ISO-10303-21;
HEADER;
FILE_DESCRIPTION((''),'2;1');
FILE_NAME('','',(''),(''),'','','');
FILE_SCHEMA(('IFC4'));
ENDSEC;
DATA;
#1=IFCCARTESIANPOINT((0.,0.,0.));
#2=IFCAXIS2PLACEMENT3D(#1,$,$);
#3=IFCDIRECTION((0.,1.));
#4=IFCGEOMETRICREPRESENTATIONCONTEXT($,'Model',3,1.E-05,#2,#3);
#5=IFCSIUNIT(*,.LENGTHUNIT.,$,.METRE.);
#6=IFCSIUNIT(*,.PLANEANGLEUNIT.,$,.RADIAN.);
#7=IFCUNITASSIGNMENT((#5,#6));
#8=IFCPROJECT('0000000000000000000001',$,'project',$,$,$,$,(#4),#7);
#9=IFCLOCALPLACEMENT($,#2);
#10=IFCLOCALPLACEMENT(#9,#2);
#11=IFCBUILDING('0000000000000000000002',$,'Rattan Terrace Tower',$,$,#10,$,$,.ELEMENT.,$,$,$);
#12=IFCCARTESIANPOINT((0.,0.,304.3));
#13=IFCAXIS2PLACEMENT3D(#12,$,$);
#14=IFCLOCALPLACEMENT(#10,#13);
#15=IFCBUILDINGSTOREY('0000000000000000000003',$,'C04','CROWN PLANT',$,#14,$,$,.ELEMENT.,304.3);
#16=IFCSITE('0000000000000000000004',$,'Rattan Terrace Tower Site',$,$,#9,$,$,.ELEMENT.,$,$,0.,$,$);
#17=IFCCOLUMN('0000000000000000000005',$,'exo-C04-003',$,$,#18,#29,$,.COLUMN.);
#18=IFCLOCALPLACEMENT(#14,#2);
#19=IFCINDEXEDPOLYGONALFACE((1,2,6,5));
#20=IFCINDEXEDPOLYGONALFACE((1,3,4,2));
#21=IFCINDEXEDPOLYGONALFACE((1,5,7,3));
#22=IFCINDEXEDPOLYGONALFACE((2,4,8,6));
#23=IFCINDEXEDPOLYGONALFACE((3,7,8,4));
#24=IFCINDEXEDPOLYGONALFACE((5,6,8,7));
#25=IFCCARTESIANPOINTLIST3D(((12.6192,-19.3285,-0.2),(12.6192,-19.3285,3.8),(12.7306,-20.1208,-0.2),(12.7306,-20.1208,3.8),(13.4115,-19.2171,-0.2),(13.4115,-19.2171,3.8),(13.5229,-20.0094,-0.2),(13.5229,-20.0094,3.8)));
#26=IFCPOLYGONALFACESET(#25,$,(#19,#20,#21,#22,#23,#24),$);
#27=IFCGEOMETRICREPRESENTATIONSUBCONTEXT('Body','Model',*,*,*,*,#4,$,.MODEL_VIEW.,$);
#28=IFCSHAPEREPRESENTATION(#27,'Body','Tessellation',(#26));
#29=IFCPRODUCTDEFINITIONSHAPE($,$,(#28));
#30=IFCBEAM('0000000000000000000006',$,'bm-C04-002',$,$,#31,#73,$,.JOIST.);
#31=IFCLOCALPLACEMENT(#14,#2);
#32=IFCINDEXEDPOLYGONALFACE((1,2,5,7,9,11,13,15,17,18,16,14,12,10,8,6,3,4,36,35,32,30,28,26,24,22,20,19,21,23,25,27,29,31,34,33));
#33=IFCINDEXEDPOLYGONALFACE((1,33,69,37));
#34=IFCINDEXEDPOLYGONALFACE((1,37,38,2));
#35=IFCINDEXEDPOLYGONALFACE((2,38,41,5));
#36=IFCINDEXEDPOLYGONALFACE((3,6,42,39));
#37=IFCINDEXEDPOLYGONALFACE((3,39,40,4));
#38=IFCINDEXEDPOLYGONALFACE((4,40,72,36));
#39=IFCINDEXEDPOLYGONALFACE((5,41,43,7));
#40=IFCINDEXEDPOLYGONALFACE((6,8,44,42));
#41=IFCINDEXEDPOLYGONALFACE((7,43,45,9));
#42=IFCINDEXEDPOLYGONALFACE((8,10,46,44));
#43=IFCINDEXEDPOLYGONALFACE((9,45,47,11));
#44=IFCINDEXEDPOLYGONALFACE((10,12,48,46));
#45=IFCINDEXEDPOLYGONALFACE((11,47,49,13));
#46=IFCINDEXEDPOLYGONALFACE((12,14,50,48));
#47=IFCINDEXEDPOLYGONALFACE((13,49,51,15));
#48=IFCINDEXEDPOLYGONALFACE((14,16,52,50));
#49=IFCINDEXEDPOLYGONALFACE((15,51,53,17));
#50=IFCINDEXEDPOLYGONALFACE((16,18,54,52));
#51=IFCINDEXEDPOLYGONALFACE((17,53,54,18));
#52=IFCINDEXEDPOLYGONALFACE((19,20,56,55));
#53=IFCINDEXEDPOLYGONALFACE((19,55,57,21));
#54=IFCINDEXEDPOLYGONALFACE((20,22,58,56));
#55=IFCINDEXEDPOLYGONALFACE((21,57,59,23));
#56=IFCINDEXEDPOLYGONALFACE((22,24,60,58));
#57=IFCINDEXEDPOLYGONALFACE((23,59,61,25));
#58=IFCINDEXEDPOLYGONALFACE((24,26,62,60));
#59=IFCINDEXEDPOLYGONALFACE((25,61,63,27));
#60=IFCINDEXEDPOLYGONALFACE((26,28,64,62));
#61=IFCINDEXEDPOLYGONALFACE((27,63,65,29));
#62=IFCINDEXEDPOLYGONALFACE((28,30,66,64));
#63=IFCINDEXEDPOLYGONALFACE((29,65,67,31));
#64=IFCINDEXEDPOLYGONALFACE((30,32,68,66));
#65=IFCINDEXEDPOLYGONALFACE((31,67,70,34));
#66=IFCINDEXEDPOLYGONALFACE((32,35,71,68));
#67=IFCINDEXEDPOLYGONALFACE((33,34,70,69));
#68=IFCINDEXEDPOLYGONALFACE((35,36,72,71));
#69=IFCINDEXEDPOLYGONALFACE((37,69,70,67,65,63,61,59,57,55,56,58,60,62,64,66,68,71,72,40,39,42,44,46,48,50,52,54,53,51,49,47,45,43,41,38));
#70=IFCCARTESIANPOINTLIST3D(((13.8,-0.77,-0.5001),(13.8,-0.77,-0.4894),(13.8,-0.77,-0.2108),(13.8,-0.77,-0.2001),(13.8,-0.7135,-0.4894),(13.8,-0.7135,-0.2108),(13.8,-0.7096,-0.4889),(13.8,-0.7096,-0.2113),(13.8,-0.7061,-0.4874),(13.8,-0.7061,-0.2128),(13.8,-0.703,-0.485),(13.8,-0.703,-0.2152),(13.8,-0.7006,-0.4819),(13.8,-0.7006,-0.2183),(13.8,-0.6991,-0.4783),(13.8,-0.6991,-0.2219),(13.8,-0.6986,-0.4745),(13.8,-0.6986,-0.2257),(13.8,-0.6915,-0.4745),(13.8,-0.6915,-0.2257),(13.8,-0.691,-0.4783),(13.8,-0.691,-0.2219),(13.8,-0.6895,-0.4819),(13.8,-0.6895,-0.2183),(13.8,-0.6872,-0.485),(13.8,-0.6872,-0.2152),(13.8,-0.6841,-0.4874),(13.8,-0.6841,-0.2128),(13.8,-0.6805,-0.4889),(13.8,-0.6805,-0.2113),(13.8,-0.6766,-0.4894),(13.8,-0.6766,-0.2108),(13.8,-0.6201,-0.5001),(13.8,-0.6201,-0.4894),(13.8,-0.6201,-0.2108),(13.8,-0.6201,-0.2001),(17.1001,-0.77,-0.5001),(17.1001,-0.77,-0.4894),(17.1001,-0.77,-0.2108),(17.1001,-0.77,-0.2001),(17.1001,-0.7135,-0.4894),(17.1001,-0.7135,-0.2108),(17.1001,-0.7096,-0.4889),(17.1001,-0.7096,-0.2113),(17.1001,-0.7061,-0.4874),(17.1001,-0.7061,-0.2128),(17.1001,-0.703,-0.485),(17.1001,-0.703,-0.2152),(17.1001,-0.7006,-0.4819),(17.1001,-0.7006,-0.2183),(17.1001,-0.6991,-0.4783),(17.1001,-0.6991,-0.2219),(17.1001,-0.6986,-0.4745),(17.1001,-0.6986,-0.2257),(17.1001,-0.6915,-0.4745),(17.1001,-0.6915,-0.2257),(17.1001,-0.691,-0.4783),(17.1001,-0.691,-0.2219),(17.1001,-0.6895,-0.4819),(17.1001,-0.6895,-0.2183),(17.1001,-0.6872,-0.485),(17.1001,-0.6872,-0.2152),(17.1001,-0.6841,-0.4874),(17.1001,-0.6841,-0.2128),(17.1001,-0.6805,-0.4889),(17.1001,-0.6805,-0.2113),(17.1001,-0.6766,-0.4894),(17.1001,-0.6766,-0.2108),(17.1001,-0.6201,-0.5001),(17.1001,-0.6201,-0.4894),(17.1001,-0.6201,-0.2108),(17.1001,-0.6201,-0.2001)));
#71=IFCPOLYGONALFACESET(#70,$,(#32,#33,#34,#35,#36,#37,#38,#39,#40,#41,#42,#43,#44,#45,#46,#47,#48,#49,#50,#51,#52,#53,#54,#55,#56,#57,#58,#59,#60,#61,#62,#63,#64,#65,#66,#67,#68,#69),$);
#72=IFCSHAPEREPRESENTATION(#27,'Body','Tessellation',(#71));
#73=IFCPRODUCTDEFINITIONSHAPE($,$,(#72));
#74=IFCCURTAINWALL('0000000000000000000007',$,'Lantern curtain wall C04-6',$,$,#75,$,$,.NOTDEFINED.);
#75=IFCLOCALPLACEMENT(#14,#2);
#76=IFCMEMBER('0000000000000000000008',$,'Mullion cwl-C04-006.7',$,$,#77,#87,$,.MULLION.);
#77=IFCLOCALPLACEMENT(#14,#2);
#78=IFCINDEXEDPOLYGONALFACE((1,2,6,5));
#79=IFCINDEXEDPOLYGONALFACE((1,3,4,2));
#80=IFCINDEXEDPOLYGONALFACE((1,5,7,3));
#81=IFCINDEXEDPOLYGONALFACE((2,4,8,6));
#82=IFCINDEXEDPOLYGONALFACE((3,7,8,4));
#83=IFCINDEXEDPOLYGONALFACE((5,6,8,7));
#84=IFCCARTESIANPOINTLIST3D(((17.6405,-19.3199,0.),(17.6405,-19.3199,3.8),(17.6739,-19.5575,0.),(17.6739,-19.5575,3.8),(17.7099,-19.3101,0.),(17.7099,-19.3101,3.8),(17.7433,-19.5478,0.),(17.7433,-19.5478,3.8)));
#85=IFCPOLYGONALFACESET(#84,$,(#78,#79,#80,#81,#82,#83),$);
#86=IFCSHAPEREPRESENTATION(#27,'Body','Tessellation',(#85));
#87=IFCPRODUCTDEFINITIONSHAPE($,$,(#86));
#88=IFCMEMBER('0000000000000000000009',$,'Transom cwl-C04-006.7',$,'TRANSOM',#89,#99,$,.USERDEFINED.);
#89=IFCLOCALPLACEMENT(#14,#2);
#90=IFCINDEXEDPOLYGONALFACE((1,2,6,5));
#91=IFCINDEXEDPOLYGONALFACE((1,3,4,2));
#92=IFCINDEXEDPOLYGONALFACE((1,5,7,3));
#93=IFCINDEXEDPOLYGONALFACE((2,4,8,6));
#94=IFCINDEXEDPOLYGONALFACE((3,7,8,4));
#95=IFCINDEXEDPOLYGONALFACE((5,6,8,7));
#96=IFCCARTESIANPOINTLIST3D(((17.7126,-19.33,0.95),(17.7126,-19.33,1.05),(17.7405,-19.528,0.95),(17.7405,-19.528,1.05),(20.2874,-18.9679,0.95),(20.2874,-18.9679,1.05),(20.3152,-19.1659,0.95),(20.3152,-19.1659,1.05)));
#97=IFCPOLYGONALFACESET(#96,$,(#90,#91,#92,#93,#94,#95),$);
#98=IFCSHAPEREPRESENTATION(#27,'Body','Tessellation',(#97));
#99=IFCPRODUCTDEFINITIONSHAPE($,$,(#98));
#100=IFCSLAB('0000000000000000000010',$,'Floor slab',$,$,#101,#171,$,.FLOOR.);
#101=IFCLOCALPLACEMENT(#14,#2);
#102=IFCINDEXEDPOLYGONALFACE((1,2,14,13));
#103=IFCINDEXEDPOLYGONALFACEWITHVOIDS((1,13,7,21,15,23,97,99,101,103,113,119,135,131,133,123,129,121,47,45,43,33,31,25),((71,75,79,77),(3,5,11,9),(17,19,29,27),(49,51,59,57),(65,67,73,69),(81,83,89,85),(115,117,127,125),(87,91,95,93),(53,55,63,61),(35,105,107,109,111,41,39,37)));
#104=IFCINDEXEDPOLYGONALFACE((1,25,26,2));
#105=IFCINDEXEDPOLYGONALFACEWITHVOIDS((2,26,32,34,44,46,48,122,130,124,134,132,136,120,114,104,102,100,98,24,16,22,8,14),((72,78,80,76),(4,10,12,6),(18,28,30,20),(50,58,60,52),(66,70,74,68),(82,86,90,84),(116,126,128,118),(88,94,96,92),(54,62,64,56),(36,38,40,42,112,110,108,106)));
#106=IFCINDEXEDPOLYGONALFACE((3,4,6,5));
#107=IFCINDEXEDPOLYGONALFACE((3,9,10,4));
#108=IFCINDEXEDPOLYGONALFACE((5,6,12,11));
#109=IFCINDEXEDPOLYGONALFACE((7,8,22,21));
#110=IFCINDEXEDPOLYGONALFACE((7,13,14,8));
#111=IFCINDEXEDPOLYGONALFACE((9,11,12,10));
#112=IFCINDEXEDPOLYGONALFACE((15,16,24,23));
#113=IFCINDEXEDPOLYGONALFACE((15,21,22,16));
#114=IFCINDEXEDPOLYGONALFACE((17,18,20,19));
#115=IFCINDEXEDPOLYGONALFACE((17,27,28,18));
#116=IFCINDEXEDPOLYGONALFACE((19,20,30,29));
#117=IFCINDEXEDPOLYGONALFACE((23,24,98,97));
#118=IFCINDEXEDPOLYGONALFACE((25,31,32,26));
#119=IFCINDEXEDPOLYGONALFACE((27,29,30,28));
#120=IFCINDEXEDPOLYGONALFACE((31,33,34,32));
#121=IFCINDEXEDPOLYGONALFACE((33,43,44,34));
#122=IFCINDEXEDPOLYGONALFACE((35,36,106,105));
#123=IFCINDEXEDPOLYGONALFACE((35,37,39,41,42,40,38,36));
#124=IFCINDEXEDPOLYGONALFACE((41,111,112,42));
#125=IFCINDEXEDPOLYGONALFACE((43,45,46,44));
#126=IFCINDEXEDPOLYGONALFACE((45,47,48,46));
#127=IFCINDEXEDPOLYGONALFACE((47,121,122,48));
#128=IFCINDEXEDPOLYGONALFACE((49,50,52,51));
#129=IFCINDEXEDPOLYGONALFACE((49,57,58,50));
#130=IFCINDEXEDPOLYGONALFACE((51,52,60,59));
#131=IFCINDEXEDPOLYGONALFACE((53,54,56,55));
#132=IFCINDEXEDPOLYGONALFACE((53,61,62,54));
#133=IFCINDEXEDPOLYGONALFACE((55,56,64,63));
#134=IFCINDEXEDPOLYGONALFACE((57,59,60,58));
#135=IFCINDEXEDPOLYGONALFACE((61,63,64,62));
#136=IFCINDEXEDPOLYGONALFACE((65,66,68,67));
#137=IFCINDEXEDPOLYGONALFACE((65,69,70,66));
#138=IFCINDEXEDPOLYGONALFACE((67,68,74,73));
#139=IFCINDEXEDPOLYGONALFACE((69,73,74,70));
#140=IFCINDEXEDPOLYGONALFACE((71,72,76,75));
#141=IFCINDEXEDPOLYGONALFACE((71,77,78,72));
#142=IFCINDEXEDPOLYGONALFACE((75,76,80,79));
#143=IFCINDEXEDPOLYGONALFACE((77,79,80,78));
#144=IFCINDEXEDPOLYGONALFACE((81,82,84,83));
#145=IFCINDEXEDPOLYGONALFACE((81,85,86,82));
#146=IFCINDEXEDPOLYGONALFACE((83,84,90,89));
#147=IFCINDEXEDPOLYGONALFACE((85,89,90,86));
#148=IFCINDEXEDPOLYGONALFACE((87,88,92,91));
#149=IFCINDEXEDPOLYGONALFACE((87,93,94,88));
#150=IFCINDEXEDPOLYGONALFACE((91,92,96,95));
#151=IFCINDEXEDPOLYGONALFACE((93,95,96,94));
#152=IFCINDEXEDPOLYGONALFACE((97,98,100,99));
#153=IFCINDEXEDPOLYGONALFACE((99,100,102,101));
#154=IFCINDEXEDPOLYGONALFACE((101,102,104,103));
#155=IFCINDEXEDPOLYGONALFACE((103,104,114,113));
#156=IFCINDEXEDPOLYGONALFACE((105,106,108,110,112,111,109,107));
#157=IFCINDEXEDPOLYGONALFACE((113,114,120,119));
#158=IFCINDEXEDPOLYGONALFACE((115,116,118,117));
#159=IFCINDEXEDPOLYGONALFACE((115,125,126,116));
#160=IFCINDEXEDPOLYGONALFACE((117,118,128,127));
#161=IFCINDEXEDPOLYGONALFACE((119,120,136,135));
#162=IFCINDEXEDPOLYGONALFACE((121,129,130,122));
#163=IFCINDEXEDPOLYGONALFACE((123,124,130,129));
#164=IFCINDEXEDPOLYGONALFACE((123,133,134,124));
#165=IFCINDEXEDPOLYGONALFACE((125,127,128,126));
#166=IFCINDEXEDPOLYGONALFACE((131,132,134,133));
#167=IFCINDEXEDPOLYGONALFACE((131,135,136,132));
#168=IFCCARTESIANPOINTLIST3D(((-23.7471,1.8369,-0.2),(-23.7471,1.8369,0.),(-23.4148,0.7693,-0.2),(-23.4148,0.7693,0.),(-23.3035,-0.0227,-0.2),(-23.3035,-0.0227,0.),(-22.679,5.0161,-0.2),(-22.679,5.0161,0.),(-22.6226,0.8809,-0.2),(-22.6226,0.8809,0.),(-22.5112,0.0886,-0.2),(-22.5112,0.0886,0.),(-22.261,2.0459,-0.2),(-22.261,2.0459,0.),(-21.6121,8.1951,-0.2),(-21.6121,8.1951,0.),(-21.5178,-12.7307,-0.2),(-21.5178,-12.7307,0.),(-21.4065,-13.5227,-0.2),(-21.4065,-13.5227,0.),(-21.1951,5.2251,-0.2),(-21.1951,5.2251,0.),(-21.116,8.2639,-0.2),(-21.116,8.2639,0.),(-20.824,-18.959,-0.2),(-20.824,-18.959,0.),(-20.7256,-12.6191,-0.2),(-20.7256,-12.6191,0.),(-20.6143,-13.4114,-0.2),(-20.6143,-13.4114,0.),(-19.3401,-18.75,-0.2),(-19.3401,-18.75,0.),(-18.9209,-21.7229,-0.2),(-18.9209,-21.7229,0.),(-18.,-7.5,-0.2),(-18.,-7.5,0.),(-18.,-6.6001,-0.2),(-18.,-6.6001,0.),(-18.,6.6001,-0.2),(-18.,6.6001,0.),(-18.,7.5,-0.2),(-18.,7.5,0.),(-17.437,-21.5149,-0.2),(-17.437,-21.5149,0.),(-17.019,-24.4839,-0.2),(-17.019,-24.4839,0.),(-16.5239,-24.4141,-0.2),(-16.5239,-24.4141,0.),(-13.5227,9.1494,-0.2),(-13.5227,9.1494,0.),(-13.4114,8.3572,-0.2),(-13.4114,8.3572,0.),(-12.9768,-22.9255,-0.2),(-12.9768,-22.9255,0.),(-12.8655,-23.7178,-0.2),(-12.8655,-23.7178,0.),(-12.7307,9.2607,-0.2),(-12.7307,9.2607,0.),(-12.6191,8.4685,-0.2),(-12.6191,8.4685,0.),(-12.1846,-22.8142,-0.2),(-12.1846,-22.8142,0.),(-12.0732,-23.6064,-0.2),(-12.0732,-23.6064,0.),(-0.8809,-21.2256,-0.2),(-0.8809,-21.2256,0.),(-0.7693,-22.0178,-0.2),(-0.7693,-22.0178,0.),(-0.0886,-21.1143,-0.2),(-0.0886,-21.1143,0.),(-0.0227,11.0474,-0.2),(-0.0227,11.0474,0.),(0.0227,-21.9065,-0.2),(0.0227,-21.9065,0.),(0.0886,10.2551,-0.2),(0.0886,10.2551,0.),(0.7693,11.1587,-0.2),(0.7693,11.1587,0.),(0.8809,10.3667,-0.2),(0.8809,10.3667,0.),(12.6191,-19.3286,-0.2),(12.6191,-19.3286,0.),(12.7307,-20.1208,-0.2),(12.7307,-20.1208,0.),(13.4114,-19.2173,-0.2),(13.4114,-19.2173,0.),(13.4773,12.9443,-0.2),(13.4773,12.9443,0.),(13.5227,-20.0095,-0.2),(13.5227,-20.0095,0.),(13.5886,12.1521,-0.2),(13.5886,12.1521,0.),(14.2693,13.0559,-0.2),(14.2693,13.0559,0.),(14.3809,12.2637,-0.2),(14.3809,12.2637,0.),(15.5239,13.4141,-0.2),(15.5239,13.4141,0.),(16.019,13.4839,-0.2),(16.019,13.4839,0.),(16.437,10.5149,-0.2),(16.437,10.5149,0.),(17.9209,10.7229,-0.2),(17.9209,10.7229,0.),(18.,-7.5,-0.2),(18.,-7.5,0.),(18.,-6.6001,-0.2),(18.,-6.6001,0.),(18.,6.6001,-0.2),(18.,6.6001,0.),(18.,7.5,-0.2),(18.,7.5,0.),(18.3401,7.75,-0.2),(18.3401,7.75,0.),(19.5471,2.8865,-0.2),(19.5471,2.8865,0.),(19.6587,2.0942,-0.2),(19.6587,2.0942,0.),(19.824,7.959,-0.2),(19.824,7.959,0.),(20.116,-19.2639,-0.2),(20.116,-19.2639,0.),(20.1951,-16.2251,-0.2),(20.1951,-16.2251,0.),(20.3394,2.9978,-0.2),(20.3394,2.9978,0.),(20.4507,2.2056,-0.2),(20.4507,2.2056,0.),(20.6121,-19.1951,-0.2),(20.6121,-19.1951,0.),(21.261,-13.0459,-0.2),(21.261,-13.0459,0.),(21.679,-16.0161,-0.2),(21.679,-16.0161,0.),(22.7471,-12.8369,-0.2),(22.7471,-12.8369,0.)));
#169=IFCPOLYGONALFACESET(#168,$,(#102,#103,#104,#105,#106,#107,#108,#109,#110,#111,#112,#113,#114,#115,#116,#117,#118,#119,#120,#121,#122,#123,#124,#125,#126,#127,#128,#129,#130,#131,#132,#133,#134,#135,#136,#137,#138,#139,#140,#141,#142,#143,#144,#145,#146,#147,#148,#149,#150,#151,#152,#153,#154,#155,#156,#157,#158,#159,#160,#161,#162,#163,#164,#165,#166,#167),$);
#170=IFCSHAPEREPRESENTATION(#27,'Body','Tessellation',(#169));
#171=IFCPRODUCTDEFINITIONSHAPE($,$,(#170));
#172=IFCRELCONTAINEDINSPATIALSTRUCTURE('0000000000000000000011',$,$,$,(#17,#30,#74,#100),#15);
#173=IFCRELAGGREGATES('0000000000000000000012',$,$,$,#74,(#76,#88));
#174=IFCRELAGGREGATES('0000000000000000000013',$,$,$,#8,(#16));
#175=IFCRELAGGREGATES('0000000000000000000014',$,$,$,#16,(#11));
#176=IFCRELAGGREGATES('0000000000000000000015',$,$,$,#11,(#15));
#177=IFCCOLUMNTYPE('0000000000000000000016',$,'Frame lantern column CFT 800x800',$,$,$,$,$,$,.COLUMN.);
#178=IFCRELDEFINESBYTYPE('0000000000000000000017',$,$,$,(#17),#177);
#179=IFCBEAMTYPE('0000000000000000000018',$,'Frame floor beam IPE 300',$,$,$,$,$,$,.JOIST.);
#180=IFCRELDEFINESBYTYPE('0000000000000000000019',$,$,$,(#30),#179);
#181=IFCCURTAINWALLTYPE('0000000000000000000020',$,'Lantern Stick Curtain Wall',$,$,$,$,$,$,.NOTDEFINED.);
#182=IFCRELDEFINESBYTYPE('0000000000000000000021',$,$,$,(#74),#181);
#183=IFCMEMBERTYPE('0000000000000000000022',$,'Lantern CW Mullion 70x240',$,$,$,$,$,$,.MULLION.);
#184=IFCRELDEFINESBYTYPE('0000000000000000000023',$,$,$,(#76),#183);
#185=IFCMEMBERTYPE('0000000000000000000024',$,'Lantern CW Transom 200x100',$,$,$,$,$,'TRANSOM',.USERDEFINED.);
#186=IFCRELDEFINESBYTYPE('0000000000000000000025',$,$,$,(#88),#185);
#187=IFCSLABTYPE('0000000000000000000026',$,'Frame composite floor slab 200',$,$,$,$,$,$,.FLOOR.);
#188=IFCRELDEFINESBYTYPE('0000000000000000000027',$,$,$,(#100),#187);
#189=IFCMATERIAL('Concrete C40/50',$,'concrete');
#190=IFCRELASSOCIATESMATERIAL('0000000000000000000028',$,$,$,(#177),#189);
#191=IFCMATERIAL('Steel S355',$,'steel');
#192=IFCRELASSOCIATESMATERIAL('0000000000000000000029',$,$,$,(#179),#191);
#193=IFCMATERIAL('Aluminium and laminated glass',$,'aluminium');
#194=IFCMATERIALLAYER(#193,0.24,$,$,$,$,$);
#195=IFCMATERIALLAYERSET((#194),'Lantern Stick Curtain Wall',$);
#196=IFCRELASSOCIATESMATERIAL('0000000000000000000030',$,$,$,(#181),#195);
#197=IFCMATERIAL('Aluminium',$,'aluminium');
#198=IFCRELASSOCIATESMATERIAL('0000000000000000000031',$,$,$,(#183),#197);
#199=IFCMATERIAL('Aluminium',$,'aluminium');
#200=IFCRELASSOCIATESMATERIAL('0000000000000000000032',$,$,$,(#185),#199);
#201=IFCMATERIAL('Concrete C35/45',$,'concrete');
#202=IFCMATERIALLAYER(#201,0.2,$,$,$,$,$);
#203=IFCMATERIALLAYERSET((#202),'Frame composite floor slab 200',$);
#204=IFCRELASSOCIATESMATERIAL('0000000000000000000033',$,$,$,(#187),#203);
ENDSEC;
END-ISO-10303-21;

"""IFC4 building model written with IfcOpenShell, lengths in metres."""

from ifc_helpers import new_model, si_unit, direction, frame, origin, origin_2d, place, context, subcontext, project, spatial, polyline, rectangle, i_section, outline, extrude, material, layer, layer_set, material_profile, profile_set, type_object, element, aggregate, save


model = new_model("IFC4")

# Units and contexts
model_context = context("Model", 3, precision=1e-05, world=origin(), true_north=direction((0.0, 1.0)))
body_context = subcontext(model_context, "Body", "Model", "MODEL_VIEW")
ifc_project = project(units=[si_unit("LENGTHUNIT", "METRE"), si_unit("PLANEANGLEUNIT", "RADIAN")], contexts=[model_context])

# Site, building, storey
site_placement = place(None, origin())
site = spatial("IfcSite", under=ifc_project, at=site_placement, Name="Rattan Terrace Tower Site", CompositionType="ELEMENT", RefElevation=0.0)
building_placement = place(site_placement, origin())
building = spatial("IfcBuilding", under=site, at=building_placement, Name="Rattan Terrace Tower", CompositionType="ELEMENT")
storey_placement = place(building_placement, frame((0.0, 0.0, 304.3)))
storey = spatial("IfcBuildingStorey", under=building, at=storey_placement, Name="C04", Description="CROWN PLANT", CompositionType="ELEMENT", Elevation=304.3)

# Column
ifc_material_1 = material(Name="Concrete C40/50", Category="concrete")
ifc_material_profile_1 = material_profile(ifc_material_1, rectangle(XDim=0.8, YDim=0.8, at=origin_2d()), Name="CFT 800x800")
ifc_profile_set_1 = profile_set([ifc_material_profile_1], Name="Concrete C40/50")
column_type = type_object("IfcColumnType", Name="Frame lantern column CFT 800x800", PredefinedType="COLUMN", material=ifc_profile_set_1)
column_placement = place(storey_placement, frame((13.071, -19.6689, -0.2), z_axis=(0.0, 0.0, 1.0), x_axis=(0.990266, 0.13919, 0.0)))
element("IfcColumn", 1, at=column_placement, inside=storey, type_object=column_type, Name="exo-C04-003", PredefinedType="COLUMN", context=body_context, shape_type="SweptSolid", body=[
    extrude(rectangle(XDim=0.8, YDim=0.8, at=origin_2d()), origin(), (0.0, 0.0, 1.0), 4.0),
])

# Beam
ifc_material_2 = material(Name="Steel S355", Category="steel")
ifc_material_profile_2 = material_profile(ifc_material_2, i_section(OverallWidth=0.1499, OverallDepth=0.3, WebThickness=0.0071, FlangeThickness=0.0107, FilletRadius=0.0149, at=origin_2d()), Name="IPE 300")
ifc_profile_set_2 = profile_set([ifc_material_profile_2], Name="Steel S355")
beam_type = type_object("IfcBeamType", Name="Frame floor beam IPE 300", PredefinedType="JOIST", material=ifc_profile_set_2)
beam_placement = place(storey_placement, frame((13.8, -0.6951, -0.3501), z_axis=(1.0, 0.0, 0.0), x_axis=(0.0, 1.0, 0.0)))
element("IfcBeam", 2, at=beam_placement, inside=storey, type_object=beam_type, Name="bm-C04-002", PredefinedType="JOIST", context=body_context, shape_type="SweptSolid", body=[
    extrude(i_section(OverallWidth=0.1499, OverallDepth=0.3, WebThickness=0.0071, FlangeThickness=0.0107, FilletRadius=0.0149, at=origin_2d()), origin(), (0.0, 0.0, 1.0), 3.3),
])

# Curtain wall, members
ifc_material_3 = material(Name="Aluminium and laminated glass", Category="aluminium")
ifc_layer_1 = layer(ifc_material_3, 0.24)
ifc_layer_set_1 = layer_set([ifc_layer_1], Name="Lantern Stick Curtain Wall")
curtain_wall_type = type_object("IfcCurtainWallType", Name="Lantern Stick Curtain Wall", PredefinedType="NOTDEFINED", material=ifc_layer_set_1)
curtain_wall_placement = place(storey_placement, origin())
curtain_wall = element("IfcCurtainWall", 3, at=curtain_wall_placement, inside=storey, type_object=curtain_wall_type, Name="Lantern curtain wall C04-6", PredefinedType="NOTDEFINED")
ifc_material_4 = material(Name="Aluminium", Category="aluminium")
ifc_material_profile_3 = material_profile(ifc_material_4, rectangle(XDim=0.0701, YDim=0.24, at=origin_2d()), Name="Aluminium 70x240")
ifc_profile_set_3 = profile_set([ifc_material_profile_3], Name="Aluminium")
member_type_1 = type_object("IfcMemberType", Name="Lantern CW Mullion 70x240", PredefinedType="MULLION", material=ifc_profile_set_3)
member_1_placement = place(storey_placement, frame((17.6919, -19.4338, 0.0), z_axis=(0.0, 0.0, 1.0), x_axis=(0.990267, 0.139181, 0.0)))
member_1 = element("IfcMember", 4, at=member_1_placement, type_object=member_type_1, Name="Mullion cwl-C04-006.7", PredefinedType="MULLION", context=body_context, shape_type="SweptSolid", body=[
    extrude(rectangle(XDim=0.0701, YDim=0.24, at=origin_2d()), origin(), (0.0, 0.0, 1.0), 3.8),
])
ifc_material_5 = material(Name="Aluminium", Category="aluminium")
ifc_material_profile_4 = material_profile(ifc_material_5, rectangle(XDim=0.2, YDim=0.1001, at=origin_2d()), Name="Aluminium 200x100")
ifc_profile_set_4 = profile_set([ifc_material_profile_4], Name="Aluminium")
member_type_2 = type_object("IfcMemberType", Name="Lantern CW Transom 200x100", ElementType="TRANSOM", PredefinedType="USERDEFINED", material=ifc_profile_set_4)
member_2_placement = place(storey_placement, frame((17.7266, -19.429, 1.0), z_axis=(0.990257, 0.139252, 0.0), x_axis=(-0.139252, 0.990257, 0.0)))
member_2 = element("IfcMember", 5, at=member_2_placement, type_object=member_type_2, Name="Transom cwl-C04-006.7", ObjectType="TRANSOM", PredefinedType="USERDEFINED", context=body_context, shape_type="SweptSolid", body=[
    extrude(rectangle(XDim=0.2, YDim=0.1001, at=origin_2d()), origin(), (0.0, 0.0, 1.0), 2.6001),
])

# Slab
ifc_material_6 = material(Name="Concrete C35/45", Category="concrete")
ifc_layer_2 = layer(ifc_material_6, 0.2)
ifc_layer_set_2 = layer_set([ifc_layer_2], Name="Frame composite floor slab 200")
slab_type = type_object("IfcSlabType", Name="Frame composite floor slab 200", PredefinedType="FLOOR", material=ifc_layer_set_2)
slab_1_placement = place(storey_placement, frame((0.0, 0.0, -0.2)))
element("IfcSlab", 6, at=slab_1_placement, inside=storey, type_object=slab_type, Name="Floor slab", PredefinedType="FLOOR", context=body_context, shape_type="SweptSolid", body=[
    extrude(outline(polyline([(-22.261, 2.0459), (-23.7471, 1.8369), (-20.824, -18.959), (-19.3401, -18.75), (-18.9209, -21.7229), (-17.437, -21.5149), (-17.019, -24.4839), (-16.5239, -24.4141), (20.116, -19.2639), (20.6121, -19.1951), (20.1951, -16.2251), (21.679, -16.0161), (21.261, -13.0459), (22.7471, -12.8369), (19.824, 7.959), (18.3401, 7.75), (17.9209, 10.7229), (16.437, 10.5149), (16.019, 13.4839), (15.5239, 13.4141), (-21.116, 8.2639), (-21.6121, 8.1951), (-21.1951, 5.2251), (-22.679, 5.0161), (-22.261, 2.0459)]), holes=[polyline([(-12.0732, -23.6064), (-12.1846, -22.8142), (-12.9768, -22.9255), (-12.8655, -23.7178), (-12.0732, -23.6064)]), polyline([(0.0227, -21.9065), (-0.0886, -21.1143), (-0.8809, -21.2256), (-0.7693, -22.0178), (0.0227, -21.9065)]), polyline([(-20.7256, -12.6191), (-21.5178, -12.7307), (-21.4065, -13.5227), (-20.6143, -13.4114), (-20.7256, -12.6191)]), polyline([(-18.0, -6.6001), (-18.0, -7.5), (18.0, -7.5), (18.0, -6.6001), (18.0, 6.6001), (18.0, 7.5), (-18.0, 7.5), (-18.0, 6.6001), (-18.0, -6.6001)]), polyline([(-22.5112, 0.0886), (-22.6226, 0.8809), (-23.4148, 0.7693), (-23.3035, -0.0227), (-22.5112, 0.0886)]), polyline([(-12.6191, 8.4685), (-12.7307, 9.2607), (-13.5227, 9.1494), (-13.4114, 8.3572), (-12.6191, 8.4685)]), polyline([(13.5227, -20.0095), (13.4114, -19.2173), (12.6191, -19.3286), (12.7307, -20.1208), (13.5227, -20.0095)]), polyline([(20.4507, 2.2056), (20.3394, 2.9978), (19.5471, 2.8865), (19.6587, 2.0942), (20.4507, 2.2056)]), polyline([(0.0886, 10.2551), (0.8809, 10.3667), (0.7693, 11.1587), (-0.0227, 11.0474), (0.0886, 10.2551)]), polyline([(13.5886, 12.1521), (14.3809, 12.2637), (14.2693, 13.0559), (13.4773, 12.9443), (13.5886, 12.1521)])]), origin(), (0.0, 0.0, 1.0), 0.2),
])

aggregate(curtain_wall, [member_1, member_2])

save(model, "model.ifc")
